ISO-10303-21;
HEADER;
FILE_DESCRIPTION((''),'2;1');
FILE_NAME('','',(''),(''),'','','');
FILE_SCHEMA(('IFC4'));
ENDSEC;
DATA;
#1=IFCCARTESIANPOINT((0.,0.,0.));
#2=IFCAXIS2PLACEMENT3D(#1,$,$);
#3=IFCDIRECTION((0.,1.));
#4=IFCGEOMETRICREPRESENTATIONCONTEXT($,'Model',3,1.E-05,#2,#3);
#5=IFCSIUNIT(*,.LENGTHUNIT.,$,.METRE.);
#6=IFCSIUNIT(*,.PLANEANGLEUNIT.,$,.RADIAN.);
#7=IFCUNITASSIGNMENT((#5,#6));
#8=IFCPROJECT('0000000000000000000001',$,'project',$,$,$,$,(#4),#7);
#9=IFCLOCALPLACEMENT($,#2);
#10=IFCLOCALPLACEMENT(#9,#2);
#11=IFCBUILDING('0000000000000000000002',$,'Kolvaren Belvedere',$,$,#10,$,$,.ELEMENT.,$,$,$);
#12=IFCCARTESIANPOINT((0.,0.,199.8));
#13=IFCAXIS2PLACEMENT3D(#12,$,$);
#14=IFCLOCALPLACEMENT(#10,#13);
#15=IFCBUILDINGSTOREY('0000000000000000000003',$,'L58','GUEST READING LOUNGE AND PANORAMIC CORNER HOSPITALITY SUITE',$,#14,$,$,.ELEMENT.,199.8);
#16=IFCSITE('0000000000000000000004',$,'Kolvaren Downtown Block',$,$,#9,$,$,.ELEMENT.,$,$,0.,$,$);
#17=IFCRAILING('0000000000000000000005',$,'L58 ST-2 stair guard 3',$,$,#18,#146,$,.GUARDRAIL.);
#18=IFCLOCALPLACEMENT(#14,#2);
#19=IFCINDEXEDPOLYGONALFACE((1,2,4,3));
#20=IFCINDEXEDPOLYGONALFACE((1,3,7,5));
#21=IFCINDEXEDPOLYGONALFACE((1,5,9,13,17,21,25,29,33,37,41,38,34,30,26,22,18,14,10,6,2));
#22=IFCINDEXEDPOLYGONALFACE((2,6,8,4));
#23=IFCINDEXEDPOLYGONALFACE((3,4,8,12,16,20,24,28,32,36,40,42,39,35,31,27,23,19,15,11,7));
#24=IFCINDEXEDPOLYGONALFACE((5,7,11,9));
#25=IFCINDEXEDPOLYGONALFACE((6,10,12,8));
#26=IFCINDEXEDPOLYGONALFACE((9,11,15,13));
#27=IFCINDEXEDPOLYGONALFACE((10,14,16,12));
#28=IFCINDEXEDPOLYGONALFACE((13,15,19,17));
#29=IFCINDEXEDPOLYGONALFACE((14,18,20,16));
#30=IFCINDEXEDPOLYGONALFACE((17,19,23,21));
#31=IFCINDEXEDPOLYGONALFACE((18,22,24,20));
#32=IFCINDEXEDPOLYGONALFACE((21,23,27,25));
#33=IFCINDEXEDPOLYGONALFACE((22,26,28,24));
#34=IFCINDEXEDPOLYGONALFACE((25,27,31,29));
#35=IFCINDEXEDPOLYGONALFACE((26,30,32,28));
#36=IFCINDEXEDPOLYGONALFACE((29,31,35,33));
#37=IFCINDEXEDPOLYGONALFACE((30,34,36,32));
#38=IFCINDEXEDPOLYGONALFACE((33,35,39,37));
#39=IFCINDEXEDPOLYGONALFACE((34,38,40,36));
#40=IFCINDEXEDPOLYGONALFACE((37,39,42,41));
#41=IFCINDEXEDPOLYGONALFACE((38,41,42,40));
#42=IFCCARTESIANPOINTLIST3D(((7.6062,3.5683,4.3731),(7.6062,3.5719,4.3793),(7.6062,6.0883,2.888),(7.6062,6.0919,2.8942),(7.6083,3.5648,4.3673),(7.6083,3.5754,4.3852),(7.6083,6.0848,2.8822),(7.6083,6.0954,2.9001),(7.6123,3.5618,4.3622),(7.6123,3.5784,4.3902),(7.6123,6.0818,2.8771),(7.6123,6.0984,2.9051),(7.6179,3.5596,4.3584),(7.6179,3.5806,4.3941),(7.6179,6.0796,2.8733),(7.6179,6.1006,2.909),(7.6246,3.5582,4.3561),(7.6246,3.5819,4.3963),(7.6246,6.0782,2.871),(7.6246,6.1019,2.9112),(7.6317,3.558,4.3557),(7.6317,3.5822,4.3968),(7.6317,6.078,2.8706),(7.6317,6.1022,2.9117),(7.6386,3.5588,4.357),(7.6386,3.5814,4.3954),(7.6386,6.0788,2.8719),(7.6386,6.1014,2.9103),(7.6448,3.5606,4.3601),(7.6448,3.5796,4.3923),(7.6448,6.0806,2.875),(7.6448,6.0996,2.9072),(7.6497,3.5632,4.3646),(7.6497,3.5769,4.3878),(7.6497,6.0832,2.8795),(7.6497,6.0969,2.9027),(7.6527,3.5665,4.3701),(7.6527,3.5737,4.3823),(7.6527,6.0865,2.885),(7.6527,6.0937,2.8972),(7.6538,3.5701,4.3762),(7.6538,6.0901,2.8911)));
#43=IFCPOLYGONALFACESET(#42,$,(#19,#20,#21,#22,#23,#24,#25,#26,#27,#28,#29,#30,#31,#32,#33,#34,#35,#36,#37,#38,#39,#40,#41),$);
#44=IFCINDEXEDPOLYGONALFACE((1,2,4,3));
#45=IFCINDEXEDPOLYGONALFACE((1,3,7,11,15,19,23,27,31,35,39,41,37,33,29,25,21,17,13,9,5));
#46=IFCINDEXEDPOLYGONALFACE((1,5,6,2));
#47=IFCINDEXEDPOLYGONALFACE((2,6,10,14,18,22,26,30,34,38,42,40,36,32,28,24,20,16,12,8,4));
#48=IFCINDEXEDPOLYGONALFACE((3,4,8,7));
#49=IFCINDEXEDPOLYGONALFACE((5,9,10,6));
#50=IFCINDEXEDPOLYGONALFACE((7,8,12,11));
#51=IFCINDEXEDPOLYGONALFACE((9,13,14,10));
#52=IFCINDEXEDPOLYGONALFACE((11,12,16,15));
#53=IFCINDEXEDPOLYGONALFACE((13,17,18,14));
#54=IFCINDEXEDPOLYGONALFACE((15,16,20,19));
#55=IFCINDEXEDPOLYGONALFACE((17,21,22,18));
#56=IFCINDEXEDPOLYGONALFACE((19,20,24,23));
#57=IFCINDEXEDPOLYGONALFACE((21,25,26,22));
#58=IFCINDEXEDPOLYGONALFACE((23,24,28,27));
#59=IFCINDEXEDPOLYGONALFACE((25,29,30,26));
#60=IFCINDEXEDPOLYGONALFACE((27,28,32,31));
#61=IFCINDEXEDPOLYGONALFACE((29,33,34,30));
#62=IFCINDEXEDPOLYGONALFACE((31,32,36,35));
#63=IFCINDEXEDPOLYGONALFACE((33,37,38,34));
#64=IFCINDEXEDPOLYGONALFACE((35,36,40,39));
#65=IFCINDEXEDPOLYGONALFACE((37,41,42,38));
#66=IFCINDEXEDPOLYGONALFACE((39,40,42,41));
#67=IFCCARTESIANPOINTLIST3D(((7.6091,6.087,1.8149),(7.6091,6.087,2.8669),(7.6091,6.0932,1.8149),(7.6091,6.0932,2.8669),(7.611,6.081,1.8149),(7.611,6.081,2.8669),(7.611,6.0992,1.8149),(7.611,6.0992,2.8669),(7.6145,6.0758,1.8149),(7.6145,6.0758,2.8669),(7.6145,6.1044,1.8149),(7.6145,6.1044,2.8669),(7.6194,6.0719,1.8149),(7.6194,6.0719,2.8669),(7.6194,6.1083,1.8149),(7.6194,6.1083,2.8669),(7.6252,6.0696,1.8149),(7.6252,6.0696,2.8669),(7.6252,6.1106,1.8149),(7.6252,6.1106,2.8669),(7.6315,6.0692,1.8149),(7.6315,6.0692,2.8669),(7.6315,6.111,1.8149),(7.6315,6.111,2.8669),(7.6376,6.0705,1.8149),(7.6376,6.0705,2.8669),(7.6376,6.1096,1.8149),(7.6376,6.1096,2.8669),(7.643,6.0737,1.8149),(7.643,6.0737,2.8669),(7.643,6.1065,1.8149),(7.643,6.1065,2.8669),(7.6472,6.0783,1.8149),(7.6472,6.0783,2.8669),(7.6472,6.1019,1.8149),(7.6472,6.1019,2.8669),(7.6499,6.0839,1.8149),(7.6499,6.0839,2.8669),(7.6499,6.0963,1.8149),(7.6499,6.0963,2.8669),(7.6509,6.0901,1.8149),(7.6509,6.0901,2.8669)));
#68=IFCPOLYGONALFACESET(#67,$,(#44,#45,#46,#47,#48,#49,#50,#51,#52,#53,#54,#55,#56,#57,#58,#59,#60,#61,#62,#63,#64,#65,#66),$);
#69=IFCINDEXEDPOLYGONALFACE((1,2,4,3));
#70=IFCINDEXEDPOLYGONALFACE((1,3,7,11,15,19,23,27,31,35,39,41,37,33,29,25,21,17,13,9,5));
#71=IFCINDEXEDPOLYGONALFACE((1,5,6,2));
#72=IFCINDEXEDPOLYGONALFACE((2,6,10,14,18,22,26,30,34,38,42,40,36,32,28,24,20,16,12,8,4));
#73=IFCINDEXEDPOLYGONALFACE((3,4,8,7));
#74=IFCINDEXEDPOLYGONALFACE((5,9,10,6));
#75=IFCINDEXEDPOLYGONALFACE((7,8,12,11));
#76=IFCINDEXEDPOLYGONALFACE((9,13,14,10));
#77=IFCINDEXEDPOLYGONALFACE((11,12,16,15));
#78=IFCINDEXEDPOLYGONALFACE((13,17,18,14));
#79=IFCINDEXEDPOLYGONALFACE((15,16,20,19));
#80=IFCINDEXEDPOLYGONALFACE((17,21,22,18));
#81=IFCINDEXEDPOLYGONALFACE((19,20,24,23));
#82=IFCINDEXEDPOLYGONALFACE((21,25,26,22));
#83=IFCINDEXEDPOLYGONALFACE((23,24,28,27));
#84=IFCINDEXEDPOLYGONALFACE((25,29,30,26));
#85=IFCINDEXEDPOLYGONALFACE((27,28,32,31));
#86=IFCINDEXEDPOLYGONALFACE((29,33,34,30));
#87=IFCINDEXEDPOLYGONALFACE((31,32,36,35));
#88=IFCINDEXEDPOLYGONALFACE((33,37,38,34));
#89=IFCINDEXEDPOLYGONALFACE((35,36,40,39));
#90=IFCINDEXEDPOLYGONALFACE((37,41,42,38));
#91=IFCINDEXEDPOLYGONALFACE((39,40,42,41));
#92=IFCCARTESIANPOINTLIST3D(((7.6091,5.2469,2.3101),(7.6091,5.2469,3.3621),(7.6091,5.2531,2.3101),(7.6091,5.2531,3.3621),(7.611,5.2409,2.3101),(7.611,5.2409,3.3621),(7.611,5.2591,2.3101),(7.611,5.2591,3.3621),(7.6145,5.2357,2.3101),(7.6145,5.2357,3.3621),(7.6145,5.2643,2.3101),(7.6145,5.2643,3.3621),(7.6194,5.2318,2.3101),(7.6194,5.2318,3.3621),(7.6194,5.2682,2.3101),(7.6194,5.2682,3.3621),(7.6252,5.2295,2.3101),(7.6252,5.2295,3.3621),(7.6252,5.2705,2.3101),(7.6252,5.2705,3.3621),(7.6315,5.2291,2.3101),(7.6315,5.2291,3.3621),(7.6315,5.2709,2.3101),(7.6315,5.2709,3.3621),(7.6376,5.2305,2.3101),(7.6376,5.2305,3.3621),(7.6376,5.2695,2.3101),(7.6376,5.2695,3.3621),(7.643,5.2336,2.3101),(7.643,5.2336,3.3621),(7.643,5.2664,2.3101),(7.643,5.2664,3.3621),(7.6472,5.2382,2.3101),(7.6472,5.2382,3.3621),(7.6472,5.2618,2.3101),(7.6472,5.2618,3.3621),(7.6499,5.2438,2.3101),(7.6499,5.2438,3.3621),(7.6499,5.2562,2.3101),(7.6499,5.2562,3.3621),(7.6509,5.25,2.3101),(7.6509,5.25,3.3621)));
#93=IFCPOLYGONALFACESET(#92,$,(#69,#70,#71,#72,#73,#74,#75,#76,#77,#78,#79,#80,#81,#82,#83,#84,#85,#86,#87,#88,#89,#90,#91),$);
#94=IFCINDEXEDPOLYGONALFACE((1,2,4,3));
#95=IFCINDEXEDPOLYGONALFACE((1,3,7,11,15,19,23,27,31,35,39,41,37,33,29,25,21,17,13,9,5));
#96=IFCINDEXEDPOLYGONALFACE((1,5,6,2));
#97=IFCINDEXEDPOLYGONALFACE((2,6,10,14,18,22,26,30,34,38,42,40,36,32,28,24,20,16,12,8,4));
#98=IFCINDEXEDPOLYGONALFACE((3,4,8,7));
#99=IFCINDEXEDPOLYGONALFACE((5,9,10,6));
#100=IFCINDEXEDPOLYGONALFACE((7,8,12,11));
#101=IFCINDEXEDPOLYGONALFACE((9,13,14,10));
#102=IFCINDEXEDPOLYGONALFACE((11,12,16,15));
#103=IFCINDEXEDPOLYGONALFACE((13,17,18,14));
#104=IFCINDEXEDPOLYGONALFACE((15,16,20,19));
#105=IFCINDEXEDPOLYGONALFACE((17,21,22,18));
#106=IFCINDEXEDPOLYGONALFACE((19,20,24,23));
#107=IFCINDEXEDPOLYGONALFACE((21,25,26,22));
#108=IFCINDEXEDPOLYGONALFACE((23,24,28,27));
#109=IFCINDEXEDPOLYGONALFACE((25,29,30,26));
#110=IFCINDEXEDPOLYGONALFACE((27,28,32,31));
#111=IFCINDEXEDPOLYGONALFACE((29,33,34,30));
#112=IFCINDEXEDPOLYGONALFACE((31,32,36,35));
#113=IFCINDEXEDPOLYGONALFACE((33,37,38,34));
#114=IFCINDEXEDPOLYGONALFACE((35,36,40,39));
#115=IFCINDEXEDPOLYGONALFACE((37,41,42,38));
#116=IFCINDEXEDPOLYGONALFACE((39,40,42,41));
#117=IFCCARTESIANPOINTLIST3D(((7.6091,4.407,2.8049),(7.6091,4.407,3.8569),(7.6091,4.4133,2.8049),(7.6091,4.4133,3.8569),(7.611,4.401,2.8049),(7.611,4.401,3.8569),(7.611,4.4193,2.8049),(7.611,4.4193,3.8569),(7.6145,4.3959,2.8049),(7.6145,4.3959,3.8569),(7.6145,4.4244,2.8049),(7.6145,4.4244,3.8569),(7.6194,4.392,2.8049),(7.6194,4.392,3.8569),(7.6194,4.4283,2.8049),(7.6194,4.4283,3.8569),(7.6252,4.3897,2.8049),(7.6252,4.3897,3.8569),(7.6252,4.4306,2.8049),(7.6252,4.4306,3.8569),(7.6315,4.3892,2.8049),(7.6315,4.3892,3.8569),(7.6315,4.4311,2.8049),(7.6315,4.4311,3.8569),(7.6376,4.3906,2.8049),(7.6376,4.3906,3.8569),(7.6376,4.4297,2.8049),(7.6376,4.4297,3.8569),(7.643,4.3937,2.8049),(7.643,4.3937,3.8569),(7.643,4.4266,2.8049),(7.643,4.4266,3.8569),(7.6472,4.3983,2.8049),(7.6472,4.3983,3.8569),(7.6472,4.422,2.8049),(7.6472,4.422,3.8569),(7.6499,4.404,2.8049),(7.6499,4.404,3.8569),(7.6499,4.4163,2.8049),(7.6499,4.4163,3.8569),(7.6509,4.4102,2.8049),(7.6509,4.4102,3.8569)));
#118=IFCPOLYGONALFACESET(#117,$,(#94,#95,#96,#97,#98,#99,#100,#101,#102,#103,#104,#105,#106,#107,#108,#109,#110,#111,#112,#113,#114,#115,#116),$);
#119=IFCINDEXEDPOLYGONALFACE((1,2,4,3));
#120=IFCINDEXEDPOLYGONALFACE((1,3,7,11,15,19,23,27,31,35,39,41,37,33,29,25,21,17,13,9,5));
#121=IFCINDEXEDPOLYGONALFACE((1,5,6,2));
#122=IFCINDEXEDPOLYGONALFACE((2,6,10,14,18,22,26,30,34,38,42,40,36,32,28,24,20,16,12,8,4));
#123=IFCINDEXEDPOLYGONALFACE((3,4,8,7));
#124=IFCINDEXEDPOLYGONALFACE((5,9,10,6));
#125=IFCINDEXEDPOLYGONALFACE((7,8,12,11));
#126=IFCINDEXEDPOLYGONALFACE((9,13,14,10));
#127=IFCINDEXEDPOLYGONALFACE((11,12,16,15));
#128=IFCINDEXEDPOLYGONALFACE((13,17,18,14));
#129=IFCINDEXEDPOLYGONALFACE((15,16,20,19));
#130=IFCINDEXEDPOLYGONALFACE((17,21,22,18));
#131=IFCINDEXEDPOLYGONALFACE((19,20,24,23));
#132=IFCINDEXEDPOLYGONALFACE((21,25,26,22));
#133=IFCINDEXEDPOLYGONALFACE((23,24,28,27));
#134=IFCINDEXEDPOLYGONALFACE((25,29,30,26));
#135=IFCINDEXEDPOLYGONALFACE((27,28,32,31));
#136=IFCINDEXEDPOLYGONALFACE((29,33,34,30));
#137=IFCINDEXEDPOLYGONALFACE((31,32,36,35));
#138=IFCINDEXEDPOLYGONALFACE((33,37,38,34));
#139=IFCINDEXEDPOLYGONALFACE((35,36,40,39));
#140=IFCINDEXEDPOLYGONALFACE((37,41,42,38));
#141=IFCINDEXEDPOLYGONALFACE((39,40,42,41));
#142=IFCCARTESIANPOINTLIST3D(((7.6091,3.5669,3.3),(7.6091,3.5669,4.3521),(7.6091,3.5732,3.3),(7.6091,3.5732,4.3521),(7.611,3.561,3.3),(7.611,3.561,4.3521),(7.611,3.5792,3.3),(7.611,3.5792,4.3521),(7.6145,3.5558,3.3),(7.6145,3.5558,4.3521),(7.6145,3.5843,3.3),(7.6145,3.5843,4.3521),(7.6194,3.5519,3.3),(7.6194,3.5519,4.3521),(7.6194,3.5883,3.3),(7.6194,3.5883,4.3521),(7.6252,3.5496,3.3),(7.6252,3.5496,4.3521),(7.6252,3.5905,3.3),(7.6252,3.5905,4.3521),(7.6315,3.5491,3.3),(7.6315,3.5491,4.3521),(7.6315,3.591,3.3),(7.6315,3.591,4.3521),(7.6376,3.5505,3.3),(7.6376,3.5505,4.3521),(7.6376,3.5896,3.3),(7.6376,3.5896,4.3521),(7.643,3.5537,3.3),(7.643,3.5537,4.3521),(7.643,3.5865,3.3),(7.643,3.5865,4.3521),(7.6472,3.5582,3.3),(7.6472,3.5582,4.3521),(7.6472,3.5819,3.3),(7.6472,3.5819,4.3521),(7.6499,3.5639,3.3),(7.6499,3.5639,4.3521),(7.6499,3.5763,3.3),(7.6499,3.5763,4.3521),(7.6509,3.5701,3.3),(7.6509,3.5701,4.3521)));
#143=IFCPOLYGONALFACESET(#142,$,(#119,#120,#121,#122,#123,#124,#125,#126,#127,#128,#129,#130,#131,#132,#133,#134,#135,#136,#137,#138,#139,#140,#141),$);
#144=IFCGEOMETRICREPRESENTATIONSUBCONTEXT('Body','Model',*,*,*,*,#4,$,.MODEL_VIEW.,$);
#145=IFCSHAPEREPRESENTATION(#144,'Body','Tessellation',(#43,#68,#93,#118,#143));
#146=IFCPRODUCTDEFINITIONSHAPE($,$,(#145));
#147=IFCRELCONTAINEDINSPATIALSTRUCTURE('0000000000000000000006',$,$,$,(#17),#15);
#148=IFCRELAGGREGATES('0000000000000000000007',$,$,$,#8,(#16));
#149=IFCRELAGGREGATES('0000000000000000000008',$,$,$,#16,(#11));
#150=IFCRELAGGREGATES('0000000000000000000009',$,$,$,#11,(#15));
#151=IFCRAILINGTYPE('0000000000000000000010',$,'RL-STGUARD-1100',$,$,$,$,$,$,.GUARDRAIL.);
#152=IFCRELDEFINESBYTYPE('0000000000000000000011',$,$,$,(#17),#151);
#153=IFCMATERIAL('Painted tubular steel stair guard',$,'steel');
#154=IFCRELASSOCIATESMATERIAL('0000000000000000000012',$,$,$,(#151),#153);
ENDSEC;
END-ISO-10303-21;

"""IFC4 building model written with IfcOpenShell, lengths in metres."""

from ifc_helpers import new_model, si_unit, direction, frame, origin, origin_2d, place, context, subcontext, project, spatial, circle, extrude, material, type_object, element, save


model = new_model("IFC4")

# Units and contexts
model_context = context("Model", 3, precision=1e-05, world=origin(), true_north=direction((0.0, 1.0)))
body_context = subcontext(model_context, "Body", "Model", "MODEL_VIEW")
ifc_project = project(units=[si_unit("LENGTHUNIT", "METRE"), si_unit("PLANEANGLEUNIT", "RADIAN")], contexts=[model_context])

# Site, building, storey
site_placement = place(None, origin())
site = spatial("IfcSite", under=ifc_project, at=site_placement, Name="Kolvaren Downtown Block", CompositionType="ELEMENT", RefElevation=0.0)
building_placement = place(site_placement, origin())
building = spatial("IfcBuilding", under=site, at=building_placement, Name="Kolvaren Belvedere", CompositionType="ELEMENT")
storey_placement = place(building_placement, frame((0.0, 0.0, 199.8)))
storey = spatial("IfcBuildingStorey", under=building, at=storey_placement, Name="L58", Description="GUEST READING LOUNGE AND PANORAMIC CORNER HOSPITALITY SUITE", CompositionType="ELEMENT", Elevation=199.8)

# Railing
ifc_material_1 = material(Name="Painted tubular steel stair guard", Category="steel")
railing_type_1 = type_object("IfcRailingType", Name="RL-STGUARD-1100", PredefinedType="GUARDRAIL", material=ifc_material_1)
railing_1_placement = place(storey_placement, frame((7.6299, 6.0901, 1.8149)))
element("IfcRailing", 1, at=railing_1_placement, inside=storey, type_object=railing_type_1, Name="L58 ST-2 stair guard 3", PredefinedType="GUARDRAIL", context=body_context, shape_type="SweptSolid", body=[
    extrude(circle(Radius=0.0239, at=origin_2d()), frame((0.0, 0.0, 1.0762), z_axis=(0.0, -0.861524, 0.507717), x_axis=(1.0, 0.0, 0.0)), (0.0, 0.0, 1.0), 2.925),
    extrude(circle(Radius=0.021, at=origin_2d()), origin(), (0.0, 0.0, 1.0), 1.052),
    extrude(circle(Radius=0.021, at=origin_2d()), frame((0.0, -0.8401, 0.4951)), (0.0, 0.0, 1.0), 1.052),
    extrude(circle(Radius=0.021, at=origin_2d()), frame((0.0, -1.6799, 0.99)), (0.0, 0.0, 1.0), 1.052),
    extrude(circle(Radius=0.021, at=origin_2d()), frame((0.0, -2.52, 1.4851)), (0.0, 0.0, 1.0), 1.052),
])

save(model, "model.ifc")
